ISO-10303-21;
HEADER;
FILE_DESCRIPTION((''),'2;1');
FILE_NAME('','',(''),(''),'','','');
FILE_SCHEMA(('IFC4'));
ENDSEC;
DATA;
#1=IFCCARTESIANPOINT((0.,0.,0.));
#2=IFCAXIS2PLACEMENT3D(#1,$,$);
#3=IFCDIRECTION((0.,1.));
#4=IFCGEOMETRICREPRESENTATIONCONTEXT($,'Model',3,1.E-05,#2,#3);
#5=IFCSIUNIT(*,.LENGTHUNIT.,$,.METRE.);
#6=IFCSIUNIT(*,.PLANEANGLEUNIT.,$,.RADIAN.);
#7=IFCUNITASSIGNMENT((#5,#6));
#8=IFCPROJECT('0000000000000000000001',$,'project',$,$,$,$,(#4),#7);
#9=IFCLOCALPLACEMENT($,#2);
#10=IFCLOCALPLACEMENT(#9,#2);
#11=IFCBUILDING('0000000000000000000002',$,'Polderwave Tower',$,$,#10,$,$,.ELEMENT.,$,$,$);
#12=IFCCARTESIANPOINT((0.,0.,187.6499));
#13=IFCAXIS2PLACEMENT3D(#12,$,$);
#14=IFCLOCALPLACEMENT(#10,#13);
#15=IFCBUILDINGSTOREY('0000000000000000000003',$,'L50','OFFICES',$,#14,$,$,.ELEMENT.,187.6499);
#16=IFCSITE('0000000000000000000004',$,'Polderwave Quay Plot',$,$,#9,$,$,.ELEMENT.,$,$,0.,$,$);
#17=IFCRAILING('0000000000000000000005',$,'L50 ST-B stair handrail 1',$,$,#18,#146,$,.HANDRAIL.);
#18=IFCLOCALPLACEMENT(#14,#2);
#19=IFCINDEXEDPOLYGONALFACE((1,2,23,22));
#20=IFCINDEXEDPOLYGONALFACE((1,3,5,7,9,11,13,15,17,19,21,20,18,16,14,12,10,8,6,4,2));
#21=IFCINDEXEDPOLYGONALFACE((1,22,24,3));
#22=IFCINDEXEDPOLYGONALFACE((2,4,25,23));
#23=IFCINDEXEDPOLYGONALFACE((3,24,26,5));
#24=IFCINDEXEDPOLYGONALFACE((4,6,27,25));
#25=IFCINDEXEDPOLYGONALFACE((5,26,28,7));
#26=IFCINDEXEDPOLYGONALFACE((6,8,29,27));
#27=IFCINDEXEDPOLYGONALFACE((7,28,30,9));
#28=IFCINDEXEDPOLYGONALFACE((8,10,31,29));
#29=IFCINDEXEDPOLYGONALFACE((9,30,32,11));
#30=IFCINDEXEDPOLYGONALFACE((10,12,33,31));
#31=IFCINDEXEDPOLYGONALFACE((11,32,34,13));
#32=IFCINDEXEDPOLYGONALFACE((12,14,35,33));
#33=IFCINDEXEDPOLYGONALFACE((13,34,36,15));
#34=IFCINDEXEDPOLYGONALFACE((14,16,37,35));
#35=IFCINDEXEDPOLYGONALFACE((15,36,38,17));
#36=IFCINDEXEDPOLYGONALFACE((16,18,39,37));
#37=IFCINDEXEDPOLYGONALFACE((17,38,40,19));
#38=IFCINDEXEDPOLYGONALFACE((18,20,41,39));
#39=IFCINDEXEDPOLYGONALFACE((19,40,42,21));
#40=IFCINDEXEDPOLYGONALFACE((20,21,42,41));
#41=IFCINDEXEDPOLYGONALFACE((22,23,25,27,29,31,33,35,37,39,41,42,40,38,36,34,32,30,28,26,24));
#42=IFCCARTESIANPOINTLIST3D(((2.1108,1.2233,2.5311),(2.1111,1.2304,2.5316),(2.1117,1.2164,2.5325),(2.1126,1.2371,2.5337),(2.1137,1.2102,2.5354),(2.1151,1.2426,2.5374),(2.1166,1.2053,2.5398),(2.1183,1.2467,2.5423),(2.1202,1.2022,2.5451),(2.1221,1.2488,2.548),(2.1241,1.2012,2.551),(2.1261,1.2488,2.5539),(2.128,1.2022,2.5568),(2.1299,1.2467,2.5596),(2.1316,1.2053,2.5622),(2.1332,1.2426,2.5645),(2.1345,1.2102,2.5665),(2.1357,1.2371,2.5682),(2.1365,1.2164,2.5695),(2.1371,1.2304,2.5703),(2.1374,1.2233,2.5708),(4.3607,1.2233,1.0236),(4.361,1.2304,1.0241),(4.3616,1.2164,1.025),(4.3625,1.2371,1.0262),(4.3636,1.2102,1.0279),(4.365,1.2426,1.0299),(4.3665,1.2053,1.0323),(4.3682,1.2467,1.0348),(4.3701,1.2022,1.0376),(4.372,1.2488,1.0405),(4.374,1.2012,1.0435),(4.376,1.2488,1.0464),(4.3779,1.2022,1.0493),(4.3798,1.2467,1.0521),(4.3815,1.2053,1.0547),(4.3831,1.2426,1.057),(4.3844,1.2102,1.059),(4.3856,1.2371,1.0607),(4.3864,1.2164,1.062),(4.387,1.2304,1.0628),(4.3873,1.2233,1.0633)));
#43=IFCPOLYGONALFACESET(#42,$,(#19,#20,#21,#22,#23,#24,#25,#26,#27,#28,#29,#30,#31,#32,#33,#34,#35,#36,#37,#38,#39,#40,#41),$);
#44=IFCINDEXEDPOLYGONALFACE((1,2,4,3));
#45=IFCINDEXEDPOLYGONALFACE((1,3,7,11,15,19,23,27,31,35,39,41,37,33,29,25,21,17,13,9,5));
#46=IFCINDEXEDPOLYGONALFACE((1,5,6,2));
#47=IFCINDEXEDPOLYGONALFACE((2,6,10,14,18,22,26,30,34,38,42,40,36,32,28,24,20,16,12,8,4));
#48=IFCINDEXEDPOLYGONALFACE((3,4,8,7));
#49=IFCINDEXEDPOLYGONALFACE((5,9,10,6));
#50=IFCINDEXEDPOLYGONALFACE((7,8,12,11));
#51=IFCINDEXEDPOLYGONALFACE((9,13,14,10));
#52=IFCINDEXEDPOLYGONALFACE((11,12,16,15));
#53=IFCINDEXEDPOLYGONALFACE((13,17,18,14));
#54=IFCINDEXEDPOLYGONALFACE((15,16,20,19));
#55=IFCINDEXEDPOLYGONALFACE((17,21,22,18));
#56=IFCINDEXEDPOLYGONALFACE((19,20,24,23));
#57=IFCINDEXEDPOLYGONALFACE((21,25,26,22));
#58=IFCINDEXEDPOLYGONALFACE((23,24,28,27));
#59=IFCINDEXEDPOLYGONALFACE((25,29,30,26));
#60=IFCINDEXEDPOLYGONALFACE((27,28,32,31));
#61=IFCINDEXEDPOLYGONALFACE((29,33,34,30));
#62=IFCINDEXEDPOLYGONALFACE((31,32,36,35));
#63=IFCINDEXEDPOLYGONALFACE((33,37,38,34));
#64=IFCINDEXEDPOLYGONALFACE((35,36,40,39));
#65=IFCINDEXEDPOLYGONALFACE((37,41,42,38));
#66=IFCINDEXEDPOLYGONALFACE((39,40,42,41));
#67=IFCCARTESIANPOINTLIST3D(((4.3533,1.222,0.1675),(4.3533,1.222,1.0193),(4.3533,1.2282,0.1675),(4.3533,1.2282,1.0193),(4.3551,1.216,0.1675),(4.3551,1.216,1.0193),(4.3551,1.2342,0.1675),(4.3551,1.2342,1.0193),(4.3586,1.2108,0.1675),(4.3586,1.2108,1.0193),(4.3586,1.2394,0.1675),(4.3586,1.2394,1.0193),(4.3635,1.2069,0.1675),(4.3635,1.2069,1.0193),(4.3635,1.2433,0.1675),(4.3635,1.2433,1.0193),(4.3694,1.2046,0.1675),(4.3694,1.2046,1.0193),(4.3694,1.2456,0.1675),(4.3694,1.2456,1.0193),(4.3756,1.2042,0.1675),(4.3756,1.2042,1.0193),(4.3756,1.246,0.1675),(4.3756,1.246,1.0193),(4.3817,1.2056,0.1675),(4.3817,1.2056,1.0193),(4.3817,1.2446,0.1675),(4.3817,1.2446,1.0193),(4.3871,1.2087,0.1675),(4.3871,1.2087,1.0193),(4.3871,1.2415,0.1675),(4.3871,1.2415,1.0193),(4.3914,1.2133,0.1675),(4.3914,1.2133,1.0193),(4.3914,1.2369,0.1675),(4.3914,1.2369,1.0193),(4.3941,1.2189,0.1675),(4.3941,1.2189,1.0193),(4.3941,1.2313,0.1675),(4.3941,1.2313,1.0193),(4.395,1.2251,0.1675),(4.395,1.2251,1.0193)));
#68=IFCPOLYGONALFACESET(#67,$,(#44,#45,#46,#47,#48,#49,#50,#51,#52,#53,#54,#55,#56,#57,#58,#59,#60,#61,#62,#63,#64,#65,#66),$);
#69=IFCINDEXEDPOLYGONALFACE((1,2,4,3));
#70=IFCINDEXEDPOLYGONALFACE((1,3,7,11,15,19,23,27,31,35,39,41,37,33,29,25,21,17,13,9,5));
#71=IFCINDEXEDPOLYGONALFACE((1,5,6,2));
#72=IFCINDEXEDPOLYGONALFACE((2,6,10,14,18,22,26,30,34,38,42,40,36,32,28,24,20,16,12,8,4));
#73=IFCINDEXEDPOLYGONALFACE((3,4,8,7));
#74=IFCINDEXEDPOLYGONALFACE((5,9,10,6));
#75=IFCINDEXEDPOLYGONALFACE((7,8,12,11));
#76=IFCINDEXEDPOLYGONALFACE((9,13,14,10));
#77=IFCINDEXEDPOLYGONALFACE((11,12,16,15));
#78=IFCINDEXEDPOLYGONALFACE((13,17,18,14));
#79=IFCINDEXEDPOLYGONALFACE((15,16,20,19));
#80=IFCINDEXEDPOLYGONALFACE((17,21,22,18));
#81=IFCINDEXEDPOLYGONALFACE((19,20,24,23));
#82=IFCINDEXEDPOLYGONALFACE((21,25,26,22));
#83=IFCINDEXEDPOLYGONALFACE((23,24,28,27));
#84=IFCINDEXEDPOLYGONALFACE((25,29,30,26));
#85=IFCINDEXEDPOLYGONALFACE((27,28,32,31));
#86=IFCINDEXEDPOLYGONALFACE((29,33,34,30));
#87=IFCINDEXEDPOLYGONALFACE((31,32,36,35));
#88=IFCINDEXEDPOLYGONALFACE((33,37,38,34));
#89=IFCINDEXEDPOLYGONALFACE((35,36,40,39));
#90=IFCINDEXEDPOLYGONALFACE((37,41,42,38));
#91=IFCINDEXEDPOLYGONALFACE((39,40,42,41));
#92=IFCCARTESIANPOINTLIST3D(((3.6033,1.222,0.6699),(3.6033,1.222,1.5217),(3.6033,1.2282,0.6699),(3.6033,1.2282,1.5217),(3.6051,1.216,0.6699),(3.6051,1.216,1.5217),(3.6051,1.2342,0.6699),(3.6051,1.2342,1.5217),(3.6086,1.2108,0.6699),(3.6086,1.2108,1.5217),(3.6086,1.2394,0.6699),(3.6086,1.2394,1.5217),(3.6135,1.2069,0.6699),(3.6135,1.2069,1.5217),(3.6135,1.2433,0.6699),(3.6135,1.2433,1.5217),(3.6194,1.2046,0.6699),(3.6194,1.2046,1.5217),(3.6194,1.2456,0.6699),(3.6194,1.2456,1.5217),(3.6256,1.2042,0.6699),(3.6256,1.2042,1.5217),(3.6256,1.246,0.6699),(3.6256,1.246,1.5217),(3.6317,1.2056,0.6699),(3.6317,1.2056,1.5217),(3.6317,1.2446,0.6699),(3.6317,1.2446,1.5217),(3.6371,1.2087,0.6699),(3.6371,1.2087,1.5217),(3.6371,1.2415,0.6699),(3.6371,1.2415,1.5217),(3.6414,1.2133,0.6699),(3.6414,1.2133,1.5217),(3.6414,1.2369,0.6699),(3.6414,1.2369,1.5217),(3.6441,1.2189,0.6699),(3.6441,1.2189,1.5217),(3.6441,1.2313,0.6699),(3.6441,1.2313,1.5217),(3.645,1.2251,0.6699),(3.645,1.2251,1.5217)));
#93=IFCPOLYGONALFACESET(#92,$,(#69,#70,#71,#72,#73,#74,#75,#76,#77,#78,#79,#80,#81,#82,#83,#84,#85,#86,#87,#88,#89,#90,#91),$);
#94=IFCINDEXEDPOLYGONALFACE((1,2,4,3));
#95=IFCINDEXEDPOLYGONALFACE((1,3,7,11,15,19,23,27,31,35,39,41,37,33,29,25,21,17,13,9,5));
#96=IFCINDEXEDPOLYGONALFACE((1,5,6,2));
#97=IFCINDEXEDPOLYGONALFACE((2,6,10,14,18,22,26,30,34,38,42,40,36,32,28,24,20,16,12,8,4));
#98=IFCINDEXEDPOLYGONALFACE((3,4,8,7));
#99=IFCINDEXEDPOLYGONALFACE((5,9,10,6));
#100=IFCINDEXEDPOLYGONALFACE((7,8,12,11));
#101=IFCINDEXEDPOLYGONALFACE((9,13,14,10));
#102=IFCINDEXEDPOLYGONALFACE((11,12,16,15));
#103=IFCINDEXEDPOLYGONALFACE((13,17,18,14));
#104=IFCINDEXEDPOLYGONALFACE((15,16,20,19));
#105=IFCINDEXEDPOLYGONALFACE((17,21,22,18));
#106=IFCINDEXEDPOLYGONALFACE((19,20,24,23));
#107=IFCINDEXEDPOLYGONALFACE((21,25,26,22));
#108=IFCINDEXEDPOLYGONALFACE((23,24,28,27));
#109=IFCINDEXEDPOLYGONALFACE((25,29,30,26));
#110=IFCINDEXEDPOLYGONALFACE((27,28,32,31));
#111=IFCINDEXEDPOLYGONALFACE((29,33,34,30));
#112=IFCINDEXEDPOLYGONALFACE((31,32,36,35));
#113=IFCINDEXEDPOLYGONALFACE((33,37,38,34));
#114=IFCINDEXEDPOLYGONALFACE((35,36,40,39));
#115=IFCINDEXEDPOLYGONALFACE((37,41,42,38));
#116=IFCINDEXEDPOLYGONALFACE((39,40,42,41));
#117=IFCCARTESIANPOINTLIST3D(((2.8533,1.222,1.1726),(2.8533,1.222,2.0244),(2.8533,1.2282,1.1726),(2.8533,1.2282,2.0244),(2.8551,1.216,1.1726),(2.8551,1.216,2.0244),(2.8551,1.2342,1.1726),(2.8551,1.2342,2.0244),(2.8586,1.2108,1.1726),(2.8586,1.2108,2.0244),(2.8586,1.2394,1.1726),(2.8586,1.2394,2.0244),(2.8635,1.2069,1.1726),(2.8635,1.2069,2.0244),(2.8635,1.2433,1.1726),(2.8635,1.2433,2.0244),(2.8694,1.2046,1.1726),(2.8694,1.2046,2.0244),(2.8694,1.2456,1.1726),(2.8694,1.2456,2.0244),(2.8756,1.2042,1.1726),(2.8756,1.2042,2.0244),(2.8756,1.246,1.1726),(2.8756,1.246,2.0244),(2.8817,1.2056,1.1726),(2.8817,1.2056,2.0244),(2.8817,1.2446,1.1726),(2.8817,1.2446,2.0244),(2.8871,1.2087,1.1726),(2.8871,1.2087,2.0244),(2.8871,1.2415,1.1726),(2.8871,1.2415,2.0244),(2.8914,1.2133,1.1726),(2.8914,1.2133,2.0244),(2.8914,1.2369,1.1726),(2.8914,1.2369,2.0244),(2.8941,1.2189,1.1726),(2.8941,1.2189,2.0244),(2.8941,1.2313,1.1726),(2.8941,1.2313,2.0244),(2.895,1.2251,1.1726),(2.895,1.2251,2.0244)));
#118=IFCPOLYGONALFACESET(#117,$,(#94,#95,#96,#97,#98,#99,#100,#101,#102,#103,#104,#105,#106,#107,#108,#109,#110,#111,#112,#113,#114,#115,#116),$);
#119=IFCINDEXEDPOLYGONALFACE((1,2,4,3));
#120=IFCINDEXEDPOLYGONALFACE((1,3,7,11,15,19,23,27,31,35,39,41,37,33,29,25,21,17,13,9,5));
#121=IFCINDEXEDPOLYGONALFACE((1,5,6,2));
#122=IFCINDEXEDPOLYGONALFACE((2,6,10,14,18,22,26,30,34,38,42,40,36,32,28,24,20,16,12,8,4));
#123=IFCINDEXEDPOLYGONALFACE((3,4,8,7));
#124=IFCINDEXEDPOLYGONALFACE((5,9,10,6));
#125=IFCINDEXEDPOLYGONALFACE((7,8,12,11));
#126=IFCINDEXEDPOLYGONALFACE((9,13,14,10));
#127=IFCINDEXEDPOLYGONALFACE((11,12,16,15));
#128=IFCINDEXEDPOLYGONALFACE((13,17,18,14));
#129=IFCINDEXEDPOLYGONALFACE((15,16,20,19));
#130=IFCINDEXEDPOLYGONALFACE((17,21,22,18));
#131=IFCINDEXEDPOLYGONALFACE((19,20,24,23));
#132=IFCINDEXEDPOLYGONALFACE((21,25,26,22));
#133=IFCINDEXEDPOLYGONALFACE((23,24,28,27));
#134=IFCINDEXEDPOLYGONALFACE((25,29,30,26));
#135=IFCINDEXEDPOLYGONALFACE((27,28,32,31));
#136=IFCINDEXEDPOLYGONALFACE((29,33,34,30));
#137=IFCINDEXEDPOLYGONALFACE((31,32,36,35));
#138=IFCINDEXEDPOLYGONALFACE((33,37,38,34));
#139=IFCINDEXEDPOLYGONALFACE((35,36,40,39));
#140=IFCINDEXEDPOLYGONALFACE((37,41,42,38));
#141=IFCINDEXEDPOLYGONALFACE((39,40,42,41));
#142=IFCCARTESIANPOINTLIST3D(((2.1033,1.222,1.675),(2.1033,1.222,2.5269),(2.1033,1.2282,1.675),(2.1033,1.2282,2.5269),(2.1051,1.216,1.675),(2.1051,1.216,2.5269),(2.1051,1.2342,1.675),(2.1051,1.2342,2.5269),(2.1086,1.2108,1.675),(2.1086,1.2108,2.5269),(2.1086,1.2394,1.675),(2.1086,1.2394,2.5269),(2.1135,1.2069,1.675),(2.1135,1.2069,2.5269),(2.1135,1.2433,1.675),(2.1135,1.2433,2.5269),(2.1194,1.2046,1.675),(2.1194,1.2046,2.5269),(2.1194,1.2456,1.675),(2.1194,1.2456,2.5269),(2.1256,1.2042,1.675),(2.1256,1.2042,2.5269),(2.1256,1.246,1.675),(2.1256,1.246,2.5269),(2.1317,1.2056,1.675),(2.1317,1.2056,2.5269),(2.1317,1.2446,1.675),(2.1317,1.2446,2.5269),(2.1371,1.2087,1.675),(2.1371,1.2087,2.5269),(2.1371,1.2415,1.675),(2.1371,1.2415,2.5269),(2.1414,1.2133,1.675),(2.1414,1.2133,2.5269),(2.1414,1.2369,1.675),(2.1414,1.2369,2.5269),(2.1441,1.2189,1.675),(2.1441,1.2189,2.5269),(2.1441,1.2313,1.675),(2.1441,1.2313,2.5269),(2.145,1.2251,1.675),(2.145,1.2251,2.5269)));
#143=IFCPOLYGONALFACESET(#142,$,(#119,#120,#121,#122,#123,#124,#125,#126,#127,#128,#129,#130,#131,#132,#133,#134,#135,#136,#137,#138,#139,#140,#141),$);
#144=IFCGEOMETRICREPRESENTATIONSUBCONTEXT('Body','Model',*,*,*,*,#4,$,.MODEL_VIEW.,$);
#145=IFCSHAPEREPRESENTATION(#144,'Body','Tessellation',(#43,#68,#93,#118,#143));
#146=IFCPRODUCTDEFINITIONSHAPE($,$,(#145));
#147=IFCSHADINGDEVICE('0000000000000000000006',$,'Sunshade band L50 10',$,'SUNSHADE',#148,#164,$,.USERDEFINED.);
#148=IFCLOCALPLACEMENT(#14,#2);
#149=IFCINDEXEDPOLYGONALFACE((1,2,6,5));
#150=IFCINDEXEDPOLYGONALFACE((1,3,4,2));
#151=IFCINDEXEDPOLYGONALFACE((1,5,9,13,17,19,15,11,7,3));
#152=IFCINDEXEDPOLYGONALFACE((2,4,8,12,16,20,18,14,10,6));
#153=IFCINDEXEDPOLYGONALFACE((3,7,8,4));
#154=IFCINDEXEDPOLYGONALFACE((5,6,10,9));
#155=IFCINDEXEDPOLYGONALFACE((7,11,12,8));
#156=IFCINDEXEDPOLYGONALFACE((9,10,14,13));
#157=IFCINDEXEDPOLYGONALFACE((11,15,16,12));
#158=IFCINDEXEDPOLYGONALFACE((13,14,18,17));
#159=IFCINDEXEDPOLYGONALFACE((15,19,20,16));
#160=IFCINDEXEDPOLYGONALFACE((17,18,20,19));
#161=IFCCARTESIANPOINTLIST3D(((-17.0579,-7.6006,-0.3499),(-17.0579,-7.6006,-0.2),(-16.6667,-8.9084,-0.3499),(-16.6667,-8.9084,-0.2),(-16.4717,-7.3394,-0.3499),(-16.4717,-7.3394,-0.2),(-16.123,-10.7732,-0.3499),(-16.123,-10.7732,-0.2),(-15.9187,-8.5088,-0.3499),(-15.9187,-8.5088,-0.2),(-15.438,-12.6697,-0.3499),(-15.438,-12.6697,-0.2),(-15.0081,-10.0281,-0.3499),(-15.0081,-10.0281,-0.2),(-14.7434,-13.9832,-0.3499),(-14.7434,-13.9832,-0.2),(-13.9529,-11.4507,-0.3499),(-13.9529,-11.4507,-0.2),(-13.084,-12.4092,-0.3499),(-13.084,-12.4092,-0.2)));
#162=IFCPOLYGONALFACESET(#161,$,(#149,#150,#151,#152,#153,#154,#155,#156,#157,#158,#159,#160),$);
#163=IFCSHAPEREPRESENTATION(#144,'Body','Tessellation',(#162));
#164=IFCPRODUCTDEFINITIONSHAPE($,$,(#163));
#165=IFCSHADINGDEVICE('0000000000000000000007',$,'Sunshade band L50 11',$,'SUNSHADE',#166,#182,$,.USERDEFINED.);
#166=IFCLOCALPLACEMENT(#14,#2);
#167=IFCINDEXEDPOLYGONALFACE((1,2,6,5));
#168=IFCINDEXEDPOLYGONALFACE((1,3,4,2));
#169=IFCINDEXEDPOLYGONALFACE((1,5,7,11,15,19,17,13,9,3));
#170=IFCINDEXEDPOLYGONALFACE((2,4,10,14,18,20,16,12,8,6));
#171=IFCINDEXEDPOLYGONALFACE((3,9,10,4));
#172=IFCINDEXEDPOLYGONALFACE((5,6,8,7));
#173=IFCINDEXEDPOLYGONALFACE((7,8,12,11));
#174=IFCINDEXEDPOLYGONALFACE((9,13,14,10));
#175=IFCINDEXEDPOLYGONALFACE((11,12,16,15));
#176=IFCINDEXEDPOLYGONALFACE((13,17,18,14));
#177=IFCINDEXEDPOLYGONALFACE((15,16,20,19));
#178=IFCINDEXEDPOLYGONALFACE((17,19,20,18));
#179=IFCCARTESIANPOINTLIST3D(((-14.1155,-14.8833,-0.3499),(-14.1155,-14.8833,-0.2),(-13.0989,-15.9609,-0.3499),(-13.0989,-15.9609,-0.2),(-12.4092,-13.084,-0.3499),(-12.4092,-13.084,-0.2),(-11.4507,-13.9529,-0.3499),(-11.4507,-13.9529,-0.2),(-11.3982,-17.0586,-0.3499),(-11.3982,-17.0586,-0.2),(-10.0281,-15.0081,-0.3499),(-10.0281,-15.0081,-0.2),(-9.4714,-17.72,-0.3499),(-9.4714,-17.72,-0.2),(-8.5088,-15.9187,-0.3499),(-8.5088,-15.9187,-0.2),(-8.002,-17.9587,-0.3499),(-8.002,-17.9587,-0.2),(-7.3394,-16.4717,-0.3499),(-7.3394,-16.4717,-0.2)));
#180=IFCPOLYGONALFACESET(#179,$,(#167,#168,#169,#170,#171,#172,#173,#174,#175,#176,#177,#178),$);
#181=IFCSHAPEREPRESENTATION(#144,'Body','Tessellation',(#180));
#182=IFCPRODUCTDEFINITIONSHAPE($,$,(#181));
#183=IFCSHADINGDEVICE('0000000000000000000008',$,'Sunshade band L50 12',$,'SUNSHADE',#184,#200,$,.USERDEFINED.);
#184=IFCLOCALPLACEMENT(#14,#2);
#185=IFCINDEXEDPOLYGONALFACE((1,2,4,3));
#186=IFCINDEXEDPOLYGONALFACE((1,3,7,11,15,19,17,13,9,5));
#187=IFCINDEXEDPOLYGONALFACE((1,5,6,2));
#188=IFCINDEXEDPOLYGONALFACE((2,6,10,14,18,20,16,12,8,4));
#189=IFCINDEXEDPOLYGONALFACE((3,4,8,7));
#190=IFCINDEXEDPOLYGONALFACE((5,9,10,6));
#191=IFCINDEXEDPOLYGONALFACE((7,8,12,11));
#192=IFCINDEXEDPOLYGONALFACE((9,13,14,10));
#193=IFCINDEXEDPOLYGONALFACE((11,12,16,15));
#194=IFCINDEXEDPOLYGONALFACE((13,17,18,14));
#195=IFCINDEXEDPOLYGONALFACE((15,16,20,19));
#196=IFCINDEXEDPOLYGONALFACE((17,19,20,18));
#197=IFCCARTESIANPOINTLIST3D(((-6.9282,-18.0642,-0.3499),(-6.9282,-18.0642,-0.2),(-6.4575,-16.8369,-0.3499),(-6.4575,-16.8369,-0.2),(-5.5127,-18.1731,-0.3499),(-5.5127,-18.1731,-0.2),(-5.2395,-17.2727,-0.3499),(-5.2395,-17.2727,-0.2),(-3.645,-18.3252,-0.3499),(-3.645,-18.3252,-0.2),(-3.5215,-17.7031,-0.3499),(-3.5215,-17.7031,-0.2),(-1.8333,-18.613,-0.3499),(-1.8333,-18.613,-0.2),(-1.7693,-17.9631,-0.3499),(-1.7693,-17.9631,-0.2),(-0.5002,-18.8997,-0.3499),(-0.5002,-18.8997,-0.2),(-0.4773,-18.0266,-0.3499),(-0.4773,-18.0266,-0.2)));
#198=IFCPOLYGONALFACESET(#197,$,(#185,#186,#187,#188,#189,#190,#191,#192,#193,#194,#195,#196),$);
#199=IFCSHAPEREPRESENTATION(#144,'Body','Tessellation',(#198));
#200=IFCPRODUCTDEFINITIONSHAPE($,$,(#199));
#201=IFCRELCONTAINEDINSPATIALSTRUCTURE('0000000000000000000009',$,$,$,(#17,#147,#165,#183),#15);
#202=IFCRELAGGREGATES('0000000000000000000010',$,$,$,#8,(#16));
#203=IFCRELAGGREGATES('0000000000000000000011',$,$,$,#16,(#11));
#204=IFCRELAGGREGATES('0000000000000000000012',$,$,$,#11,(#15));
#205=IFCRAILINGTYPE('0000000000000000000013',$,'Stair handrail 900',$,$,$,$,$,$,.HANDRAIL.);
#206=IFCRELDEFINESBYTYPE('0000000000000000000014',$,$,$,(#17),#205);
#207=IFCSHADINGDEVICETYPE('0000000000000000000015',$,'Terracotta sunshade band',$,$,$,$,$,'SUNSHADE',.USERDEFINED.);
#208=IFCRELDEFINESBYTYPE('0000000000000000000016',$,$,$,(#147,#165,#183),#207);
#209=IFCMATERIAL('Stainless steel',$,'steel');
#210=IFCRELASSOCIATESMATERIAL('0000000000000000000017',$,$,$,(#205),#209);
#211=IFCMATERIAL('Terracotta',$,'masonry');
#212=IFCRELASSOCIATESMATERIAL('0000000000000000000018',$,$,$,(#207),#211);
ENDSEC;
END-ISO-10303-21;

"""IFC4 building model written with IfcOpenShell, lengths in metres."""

from ifc_helpers import new_model, si_unit, direction, frame, origin, origin_2d, place, context, subcontext, project, spatial, polyline, circle, outline, extrude, material, type_object, element, save


model = new_model("IFC4")

# Units and contexts
model_context = context("Model", 3, precision=1e-05, world=origin(), true_north=direction((0.0, 1.0)))
body_context = subcontext(model_context, "Body", "Model", "MODEL_VIEW")
ifc_project = project(units=[si_unit("LENGTHUNIT", "METRE"), si_unit("PLANEANGLEUNIT", "RADIAN")], contexts=[model_context])

# Site, building, storey
site_placement = place(None, origin())
site = spatial("IfcSite", under=ifc_project, at=site_placement, Name="Polderwave Quay Plot", CompositionType="ELEMENT", RefElevation=0.0)
building_placement = place(site_placement, origin())
building = spatial("IfcBuilding", under=site, at=building_placement, Name="Polderwave Tower", CompositionType="ELEMENT")
storey_placement = place(building_placement, frame((0.0, 0.0, 187.6499)))
storey = spatial("IfcBuildingStorey", under=building, at=storey_placement, Name="L50", Description="OFFICES", CompositionType="ELEMENT", Elevation=187.6499)

# Railing
ifc_material_1 = material(Name="Stainless steel", Category="steel")
railing_type_1 = type_object("IfcRailingType", Name="Stair handrail 900", PredefinedType="HANDRAIL", material=ifc_material_1)
railing_1_placement = place(storey_placement, frame((4.374, 1.2251, 0.1675)))
element("IfcRailing", 1, at=railing_1_placement, inside=storey, type_object=railing_type_1, Name="L50 ST-B stair handrail 1", PredefinedType="HANDRAIL", context=body_context, shape_type="SweptSolid", body=[
    extrude(circle(Radius=0.0239, at=origin_2d()), frame((0.0, 0.0, 0.876), z_axis=(-0.830758, 0.0, 0.556633), x_axis=(0.0, -1.0, 0.0)), (0.0, 0.0, 1.0), 2.7083),
    extrude(circle(Radius=0.021, at=origin_2d()), origin(), (0.0, 0.0, 1.0), 0.8518),
    extrude(circle(Radius=0.021, at=origin_2d()), frame((-0.75, 0.0, 0.5024)), (0.0, 0.0, 1.0), 0.8518),
    extrude(circle(Radius=0.021, at=origin_2d()), frame((-1.5, 0.0, 1.0051)), (0.0, 0.0, 1.0), 0.8518),
    extrude(circle(Radius=0.021, at=origin_2d()), frame((-2.25, 0.0, 1.5076)), (0.0, 0.0, 1.0), 0.8518),
])

# Shading devices
ifc_material_2 = material(Name="Terracotta", Category="masonry")
shading_device_type = type_object("IfcShadingDeviceType", Name="Terracotta sunshade band", ElementType="SUNSHADE", PredefinedType="USERDEFINED", material=ifc_material_2)
shading_device_1_placement = place(storey_placement, frame((0.0, 0.0, -0.3499)))
element("IfcShadingDevice", 2, at=shading_device_1_placement, inside=storey, type_object=shading_device_type, Name="Sunshade band L50 10", ObjectType="SUNSHADE", PredefinedType="USERDEFINED", context=body_context, shape_type="SweptSolid", body=[
    extrude(outline(polyline([(-16.4717, -7.3394), (-15.9187, -8.5088), (-15.0081, -10.0281), (-13.9529, -11.4507), (-13.084, -12.4092), (-14.7434, -13.9832), (-15.438, -12.6697), (-16.123, -10.7732), (-16.6667, -8.9084), (-17.0579, -7.6006), (-16.4717, -7.3394)])), origin(), (0.0, 0.0, 1.0), 0.1499),
])
shading_device_2_placement = place(storey_placement, frame((0.0, 0.0, -0.3499)))
element("IfcShadingDevice", 3, at=shading_device_2_placement, inside=storey, type_object=shading_device_type, Name="Sunshade band L50 11", ObjectType="SUNSHADE", PredefinedType="USERDEFINED", context=body_context, shape_type="SweptSolid", body=[
    extrude(outline(polyline([(-12.4092, -13.084), (-11.4507, -13.9529), (-10.0281, -15.0081), (-8.5088, -15.9187), (-7.3394, -16.4717), (-8.002, -17.9587), (-9.4714, -17.72), (-11.3982, -17.0586), (-13.0989, -15.9609), (-14.1155, -14.8833), (-12.4092, -13.084)])), origin(), (0.0, 0.0, 1.0), 0.1499),
])
shading_device_3_placement = place(storey_placement, frame((0.0, 0.0, -0.3499)))
element("IfcShadingDevice", 4, at=shading_device_3_placement, inside=storey, type_object=shading_device_type, Name="Sunshade band L50 12", ObjectType="SUNSHADE", PredefinedType="USERDEFINED", context=body_context, shape_type="SweptSolid", body=[
    extrude(outline(polyline([(-6.4575, -16.8369), (-5.2395, -17.2727), (-3.5215, -17.7031), (-1.7693, -17.9631), (-0.4773, -18.0266), (-0.5002, -18.8997), (-1.8333, -18.613), (-3.645, -18.3252), (-5.5127, -18.1731), (-6.9282, -18.0642), (-6.4575, -16.8369)])), origin(), (0.0, 0.0, 1.0), 0.1499),
])

save(model, "model.ifc")
